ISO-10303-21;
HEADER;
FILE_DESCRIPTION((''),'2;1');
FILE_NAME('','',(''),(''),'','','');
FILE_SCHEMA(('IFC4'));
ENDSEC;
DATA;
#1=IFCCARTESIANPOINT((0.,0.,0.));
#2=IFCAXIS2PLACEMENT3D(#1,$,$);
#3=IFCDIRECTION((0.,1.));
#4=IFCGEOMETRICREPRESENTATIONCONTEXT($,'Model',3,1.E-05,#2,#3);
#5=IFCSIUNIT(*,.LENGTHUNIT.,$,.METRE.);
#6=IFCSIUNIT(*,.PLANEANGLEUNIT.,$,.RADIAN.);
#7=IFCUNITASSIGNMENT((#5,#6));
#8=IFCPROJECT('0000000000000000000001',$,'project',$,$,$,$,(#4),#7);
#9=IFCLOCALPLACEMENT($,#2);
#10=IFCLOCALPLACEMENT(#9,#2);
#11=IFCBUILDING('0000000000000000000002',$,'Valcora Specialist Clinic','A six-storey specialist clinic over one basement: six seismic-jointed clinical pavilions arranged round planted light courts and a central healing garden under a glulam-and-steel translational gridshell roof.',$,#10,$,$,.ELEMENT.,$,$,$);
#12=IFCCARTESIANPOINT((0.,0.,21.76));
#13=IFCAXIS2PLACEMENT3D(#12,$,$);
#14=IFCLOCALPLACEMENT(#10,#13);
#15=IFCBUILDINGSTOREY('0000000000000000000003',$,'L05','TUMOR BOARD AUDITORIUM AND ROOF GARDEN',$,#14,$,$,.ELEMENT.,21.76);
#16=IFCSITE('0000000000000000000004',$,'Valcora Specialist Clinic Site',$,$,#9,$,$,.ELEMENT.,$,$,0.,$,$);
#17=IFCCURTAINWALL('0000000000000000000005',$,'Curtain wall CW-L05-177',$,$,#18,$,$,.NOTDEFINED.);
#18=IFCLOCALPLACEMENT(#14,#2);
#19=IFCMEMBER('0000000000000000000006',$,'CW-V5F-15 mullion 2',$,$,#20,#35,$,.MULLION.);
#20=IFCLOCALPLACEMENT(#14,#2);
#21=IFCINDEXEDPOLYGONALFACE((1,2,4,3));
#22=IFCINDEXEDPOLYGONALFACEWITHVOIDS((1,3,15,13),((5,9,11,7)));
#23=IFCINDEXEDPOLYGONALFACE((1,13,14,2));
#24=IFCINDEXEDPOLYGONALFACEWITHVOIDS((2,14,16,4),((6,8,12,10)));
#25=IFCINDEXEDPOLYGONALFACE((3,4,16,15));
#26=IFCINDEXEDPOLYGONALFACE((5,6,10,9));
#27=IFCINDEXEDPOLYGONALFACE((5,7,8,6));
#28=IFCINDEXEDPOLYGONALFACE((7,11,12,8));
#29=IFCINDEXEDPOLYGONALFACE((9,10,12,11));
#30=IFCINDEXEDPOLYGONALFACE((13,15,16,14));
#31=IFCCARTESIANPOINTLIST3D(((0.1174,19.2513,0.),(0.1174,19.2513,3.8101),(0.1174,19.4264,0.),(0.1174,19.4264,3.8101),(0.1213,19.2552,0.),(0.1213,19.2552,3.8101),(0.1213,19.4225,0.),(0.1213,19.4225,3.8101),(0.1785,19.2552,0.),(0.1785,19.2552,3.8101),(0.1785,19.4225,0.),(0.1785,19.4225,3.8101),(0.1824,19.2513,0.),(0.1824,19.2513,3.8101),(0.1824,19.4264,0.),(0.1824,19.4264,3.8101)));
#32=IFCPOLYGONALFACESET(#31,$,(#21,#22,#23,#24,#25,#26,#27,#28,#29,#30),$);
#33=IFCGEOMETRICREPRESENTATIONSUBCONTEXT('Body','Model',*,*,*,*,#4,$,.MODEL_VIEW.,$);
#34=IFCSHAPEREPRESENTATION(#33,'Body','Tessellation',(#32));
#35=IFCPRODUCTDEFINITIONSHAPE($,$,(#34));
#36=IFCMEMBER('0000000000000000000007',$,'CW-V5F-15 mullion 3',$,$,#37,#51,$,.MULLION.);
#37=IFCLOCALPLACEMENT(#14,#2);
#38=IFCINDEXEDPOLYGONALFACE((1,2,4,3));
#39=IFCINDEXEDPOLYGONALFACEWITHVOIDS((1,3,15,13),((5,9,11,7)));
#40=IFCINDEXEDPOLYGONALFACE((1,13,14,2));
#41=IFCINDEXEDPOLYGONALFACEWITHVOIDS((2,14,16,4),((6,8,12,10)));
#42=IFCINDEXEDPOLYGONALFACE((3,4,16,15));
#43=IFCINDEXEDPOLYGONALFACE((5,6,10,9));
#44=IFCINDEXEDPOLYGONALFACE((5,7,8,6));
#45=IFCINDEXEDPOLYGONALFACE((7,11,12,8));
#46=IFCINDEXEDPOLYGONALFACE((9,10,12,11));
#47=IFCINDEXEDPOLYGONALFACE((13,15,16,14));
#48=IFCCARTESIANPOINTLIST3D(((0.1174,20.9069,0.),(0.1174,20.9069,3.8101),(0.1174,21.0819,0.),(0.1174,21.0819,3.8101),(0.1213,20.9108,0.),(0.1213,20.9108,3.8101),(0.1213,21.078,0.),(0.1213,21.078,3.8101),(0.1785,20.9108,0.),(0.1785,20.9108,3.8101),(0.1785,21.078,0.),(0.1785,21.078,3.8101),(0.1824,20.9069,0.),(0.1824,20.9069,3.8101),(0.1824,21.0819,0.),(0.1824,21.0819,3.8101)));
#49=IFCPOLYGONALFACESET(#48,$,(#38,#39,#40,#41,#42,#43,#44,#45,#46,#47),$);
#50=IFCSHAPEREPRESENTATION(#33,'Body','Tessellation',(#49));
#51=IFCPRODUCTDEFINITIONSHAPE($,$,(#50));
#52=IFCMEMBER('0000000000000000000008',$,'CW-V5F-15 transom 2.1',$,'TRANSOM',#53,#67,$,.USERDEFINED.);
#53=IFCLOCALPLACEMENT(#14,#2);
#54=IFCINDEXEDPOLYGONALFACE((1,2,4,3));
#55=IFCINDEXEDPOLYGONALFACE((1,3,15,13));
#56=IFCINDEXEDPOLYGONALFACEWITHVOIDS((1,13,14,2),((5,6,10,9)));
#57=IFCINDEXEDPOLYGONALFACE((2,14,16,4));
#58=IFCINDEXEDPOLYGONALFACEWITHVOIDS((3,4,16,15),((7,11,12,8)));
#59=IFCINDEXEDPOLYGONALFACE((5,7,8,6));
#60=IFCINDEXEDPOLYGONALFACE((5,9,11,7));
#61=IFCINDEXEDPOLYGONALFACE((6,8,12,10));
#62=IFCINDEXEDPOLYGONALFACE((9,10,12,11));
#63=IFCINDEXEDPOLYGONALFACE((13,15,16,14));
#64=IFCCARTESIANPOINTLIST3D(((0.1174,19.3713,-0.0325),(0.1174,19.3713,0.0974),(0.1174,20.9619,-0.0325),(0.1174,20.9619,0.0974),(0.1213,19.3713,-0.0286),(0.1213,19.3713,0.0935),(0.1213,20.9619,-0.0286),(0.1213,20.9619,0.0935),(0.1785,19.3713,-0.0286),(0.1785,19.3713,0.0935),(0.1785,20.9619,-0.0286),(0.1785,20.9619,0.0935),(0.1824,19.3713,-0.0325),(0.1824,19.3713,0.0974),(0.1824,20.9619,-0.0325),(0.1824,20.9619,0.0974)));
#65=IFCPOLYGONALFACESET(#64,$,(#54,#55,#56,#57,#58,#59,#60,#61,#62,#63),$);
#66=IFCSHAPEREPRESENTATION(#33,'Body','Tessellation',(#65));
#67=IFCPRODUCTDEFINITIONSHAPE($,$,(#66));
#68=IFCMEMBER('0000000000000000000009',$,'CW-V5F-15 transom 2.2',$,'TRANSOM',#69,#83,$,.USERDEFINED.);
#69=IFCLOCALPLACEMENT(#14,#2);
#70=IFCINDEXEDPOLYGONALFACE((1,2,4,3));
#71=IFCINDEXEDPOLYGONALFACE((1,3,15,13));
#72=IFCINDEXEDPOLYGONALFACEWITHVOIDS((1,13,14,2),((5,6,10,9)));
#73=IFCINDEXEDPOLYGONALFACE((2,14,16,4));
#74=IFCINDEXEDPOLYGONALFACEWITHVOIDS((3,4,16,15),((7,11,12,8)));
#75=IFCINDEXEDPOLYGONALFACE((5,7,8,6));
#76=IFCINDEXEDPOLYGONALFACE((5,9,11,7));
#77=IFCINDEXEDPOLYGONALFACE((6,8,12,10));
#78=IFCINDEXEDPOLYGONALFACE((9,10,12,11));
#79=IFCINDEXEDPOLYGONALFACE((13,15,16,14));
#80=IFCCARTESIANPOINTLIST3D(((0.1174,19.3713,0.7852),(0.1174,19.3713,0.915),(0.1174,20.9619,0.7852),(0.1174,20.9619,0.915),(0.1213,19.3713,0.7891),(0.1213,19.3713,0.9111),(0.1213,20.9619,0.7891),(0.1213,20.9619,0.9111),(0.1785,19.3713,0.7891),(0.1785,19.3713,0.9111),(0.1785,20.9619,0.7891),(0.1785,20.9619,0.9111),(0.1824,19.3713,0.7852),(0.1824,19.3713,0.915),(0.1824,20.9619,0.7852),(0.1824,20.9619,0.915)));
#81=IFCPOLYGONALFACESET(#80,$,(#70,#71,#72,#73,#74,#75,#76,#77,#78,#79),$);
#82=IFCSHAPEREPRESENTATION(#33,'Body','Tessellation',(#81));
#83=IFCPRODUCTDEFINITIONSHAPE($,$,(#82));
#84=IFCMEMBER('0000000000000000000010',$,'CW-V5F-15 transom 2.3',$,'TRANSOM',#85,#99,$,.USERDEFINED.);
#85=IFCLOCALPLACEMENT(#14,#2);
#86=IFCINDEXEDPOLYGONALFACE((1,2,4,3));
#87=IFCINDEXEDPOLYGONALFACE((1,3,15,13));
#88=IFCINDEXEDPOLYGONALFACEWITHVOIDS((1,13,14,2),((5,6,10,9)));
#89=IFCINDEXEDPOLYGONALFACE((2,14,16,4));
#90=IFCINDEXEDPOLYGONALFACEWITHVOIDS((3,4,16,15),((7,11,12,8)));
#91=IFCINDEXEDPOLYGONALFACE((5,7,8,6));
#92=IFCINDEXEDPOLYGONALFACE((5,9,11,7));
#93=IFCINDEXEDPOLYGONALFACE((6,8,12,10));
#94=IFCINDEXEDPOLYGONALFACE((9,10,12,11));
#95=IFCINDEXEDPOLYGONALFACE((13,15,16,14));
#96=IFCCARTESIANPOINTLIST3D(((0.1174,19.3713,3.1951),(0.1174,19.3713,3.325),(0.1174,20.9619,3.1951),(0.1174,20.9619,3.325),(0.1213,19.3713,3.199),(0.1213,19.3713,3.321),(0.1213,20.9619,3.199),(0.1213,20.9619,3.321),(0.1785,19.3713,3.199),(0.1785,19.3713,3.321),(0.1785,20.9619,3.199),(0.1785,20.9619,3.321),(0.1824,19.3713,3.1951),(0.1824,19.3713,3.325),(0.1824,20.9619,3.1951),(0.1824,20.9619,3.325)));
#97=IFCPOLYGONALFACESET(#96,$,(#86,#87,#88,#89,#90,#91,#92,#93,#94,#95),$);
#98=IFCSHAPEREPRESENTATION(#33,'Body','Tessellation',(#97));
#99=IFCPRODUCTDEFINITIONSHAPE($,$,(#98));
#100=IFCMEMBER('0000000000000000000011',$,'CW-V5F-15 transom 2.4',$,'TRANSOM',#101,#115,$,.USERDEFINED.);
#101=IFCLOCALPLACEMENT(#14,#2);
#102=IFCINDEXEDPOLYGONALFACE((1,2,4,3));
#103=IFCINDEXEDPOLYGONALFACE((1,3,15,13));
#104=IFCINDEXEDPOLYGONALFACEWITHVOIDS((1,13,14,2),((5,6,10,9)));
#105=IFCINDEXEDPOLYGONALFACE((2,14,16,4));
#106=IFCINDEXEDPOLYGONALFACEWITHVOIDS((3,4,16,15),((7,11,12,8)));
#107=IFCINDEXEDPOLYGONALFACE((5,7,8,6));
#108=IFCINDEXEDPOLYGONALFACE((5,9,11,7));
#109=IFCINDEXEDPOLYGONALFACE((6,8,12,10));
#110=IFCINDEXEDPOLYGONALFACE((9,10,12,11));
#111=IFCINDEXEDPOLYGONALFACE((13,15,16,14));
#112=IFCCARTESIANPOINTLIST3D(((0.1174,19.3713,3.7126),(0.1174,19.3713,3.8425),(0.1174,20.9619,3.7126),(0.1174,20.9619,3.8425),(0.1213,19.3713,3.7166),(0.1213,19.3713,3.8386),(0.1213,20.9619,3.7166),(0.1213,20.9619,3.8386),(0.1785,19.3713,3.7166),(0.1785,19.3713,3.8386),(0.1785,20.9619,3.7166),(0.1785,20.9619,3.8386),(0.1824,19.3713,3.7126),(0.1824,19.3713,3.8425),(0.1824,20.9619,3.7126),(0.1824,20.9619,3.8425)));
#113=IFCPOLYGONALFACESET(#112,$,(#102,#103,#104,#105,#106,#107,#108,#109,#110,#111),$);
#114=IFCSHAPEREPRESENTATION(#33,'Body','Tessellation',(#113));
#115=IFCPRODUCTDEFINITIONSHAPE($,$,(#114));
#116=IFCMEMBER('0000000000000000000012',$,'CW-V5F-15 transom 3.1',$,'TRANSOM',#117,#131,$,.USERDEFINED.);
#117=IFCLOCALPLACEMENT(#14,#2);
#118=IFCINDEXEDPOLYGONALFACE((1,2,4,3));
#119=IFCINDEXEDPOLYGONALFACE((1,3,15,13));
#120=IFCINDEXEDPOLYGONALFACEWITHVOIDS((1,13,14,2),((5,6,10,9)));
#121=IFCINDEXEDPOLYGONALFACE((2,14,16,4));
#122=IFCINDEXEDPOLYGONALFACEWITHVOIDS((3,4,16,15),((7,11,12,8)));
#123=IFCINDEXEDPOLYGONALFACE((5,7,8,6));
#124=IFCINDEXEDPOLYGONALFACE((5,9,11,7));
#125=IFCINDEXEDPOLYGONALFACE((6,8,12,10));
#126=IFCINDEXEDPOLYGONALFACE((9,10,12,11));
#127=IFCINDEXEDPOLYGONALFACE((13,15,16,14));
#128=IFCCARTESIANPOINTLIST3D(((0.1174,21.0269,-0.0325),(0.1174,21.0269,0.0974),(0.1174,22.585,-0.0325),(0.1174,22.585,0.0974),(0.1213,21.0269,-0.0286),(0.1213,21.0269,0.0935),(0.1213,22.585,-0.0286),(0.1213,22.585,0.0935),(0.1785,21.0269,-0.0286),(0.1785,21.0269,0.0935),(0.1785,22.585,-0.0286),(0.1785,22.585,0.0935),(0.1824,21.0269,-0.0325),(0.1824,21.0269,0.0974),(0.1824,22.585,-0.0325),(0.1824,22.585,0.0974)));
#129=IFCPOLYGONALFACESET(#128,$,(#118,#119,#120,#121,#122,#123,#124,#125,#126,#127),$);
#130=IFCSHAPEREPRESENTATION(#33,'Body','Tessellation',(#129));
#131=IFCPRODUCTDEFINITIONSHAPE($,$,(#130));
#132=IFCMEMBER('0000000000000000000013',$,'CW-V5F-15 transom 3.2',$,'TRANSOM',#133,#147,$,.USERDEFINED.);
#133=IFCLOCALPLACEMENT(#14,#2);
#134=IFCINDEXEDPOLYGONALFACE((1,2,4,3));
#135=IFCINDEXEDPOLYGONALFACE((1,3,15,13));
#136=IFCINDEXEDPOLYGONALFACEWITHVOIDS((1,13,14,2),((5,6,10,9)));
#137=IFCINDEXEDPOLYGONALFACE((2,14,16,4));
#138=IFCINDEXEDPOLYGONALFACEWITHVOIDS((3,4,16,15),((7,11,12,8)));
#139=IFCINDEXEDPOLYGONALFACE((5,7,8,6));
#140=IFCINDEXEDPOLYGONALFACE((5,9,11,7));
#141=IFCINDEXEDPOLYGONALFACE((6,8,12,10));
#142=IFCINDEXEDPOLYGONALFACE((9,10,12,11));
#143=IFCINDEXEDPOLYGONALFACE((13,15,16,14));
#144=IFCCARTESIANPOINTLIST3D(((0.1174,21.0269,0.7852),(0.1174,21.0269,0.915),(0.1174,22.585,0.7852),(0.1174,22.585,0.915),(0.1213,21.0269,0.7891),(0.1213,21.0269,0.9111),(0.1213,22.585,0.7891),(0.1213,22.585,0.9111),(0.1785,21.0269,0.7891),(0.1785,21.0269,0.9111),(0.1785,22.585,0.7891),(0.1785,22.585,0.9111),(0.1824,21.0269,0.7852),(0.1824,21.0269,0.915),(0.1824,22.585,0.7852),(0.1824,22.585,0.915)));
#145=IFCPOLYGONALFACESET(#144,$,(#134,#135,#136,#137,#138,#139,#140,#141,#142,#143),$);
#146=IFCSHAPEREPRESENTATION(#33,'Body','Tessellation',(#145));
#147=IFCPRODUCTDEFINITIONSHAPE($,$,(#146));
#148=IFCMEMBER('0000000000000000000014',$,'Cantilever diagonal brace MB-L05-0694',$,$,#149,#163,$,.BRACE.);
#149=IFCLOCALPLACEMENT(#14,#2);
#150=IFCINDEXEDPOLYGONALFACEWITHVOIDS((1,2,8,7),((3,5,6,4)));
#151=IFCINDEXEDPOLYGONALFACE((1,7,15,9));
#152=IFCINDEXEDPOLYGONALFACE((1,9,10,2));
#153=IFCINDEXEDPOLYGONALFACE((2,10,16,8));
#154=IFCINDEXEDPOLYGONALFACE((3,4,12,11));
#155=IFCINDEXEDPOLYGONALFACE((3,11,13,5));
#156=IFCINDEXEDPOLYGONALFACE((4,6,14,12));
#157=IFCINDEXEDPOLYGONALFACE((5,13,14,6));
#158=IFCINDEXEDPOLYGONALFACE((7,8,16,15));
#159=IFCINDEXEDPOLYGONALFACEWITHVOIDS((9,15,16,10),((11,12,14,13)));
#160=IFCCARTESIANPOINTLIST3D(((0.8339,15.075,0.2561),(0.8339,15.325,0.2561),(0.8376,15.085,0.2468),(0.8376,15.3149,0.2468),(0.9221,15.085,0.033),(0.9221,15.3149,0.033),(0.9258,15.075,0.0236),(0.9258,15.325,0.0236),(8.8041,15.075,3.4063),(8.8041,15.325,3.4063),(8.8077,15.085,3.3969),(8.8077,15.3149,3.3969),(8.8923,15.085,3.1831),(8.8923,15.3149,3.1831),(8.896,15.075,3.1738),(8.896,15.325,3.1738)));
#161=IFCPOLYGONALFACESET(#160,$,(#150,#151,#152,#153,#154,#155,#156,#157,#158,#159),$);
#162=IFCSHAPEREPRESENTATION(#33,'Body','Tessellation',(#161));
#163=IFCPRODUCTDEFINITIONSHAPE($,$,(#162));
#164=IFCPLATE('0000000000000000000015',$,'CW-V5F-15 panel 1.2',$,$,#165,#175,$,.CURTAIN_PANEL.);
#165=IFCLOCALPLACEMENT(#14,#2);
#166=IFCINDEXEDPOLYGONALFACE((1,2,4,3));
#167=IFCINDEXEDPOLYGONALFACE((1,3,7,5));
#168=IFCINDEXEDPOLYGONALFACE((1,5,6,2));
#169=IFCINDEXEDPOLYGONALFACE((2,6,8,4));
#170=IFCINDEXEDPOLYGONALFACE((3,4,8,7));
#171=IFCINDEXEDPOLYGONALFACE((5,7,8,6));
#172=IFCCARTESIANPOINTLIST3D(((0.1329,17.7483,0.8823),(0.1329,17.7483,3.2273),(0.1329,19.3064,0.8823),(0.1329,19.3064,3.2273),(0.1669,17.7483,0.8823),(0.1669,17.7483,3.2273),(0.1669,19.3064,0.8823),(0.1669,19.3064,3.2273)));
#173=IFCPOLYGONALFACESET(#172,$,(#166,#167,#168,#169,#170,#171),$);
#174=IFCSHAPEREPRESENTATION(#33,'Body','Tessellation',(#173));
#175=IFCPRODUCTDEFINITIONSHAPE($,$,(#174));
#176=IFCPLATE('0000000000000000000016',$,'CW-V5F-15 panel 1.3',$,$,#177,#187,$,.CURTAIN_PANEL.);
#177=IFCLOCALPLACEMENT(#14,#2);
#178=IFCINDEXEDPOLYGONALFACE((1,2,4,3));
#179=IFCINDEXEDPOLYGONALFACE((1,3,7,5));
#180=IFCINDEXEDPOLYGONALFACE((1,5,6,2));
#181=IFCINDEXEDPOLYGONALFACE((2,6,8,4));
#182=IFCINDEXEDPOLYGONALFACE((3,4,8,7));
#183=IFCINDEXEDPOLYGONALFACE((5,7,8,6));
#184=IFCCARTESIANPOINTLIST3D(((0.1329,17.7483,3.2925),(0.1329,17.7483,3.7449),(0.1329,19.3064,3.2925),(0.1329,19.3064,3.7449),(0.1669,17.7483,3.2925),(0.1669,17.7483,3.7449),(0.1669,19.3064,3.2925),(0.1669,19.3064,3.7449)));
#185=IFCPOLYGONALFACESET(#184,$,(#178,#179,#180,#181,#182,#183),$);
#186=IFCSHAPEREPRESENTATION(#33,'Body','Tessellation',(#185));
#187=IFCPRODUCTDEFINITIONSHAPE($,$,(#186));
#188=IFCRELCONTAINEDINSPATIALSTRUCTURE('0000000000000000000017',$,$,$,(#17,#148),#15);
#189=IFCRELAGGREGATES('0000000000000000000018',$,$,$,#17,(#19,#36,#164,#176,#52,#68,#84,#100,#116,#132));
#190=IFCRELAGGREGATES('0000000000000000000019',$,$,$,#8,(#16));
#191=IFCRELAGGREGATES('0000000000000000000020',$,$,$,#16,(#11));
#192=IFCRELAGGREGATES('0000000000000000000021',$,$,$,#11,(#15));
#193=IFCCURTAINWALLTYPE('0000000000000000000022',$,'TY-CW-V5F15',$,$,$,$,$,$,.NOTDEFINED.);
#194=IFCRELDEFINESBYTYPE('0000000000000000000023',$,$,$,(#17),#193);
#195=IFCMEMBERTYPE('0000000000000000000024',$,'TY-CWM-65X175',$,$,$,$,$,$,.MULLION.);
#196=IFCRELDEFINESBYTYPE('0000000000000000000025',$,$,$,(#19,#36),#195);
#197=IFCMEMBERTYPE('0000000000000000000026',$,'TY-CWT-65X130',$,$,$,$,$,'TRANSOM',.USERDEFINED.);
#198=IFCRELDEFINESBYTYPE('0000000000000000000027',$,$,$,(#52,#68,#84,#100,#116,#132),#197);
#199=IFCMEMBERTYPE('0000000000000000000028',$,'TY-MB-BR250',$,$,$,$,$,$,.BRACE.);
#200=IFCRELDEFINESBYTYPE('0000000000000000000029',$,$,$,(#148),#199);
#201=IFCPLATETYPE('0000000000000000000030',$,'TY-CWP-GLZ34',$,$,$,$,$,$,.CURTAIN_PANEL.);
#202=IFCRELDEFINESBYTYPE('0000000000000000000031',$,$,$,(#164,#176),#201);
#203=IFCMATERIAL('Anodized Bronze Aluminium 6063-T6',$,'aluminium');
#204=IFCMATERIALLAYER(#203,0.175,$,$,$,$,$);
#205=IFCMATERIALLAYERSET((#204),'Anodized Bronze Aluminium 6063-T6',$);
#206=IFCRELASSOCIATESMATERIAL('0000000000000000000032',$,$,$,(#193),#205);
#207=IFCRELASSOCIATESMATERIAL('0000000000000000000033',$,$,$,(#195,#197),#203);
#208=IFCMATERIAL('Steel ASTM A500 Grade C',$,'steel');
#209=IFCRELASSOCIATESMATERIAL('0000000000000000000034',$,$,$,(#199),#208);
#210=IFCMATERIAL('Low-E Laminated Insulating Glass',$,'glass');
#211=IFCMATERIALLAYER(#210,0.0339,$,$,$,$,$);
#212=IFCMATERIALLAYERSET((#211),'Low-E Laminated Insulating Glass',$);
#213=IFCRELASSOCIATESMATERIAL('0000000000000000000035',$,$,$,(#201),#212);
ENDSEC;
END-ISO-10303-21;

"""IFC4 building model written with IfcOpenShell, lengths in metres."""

from ifc_helpers import new_model, si_unit, direction, frame, origin, origin_2d, place, context, subcontext, project, spatial, rectangle, hollow_rectangle, extrude, material, layer, layer_set, material_profile, profile_set, type_object, element, aggregate, save


model = new_model("IFC4")

# Units and contexts
model_context = context("Model", 3, precision=1e-05, world=origin(), true_north=direction((0.0, 1.0)))
body_context = subcontext(model_context, "Body", "Model", "MODEL_VIEW")
ifc_project = project(units=[si_unit("LENGTHUNIT", "METRE"), si_unit("PLANEANGLEUNIT", "RADIAN")], contexts=[model_context])

# Site, building, storey
site_placement = place(None, origin())
site = spatial("IfcSite", under=ifc_project, at=site_placement, Name="Valcora Specialist Clinic Site", CompositionType="ELEMENT", RefElevation=0.0)
building_placement = place(site_placement, origin())
building = spatial("IfcBuilding", under=site, at=building_placement, Name="Valcora Specialist Clinic", Description="A six-storey specialist clinic over one basement: six seismic-jointed clinical pavilions arranged round planted light courts and a central healing garden under a glulam-and-steel translational gridshell roof.", CompositionType="ELEMENT")
storey_placement = place(building_placement, frame((0.0, 0.0, 21.76)))
storey = spatial("IfcBuildingStorey", under=building, at=storey_placement, Name="L05", Description="TUMOR BOARD AUDITORIUM AND ROOF GARDEN", CompositionType="ELEMENT", Elevation=21.76)

# Shared definitions
ifc_material_1 = material(Name="Steel ASTM A500 Grade C", Category="steel")

# Curtain wall, members
ifc_material_2 = material(Name="Anodized Bronze Aluminium 6063-T6", Category="aluminium")
ifc_layer_1 = layer(ifc_material_2, 0.175)
ifc_layer_set_1 = layer_set([ifc_layer_1], Name="Anodized Bronze Aluminium 6063-T6")
curtain_wall_type = type_object("IfcCurtainWallType", Name="TY-CW-V5F15", PredefinedType="NOTDEFINED", material=ifc_layer_set_1)
curtain_wall_placement = place(storey_placement, origin())
curtain_wall = element("IfcCurtainWall", 1, at=curtain_wall_placement, inside=storey, type_object=curtain_wall_type, Name="Curtain wall CW-L05-177", PredefinedType="NOTDEFINED")
ifc_material_profile_1 = material_profile(ifc_material_2, hollow_rectangle(XDim=0.0649, YDim=0.175, WallThickness=0.0039, at=origin_2d()), Name="AL-MUL-65X175")
ifc_profile_set_1 = profile_set([ifc_material_profile_1], Name="Anodized Bronze Aluminium 6063-T6")
member_type_1 = type_object("IfcMemberType", Name="TY-CWM-65X175", PredefinedType="MULLION", material=ifc_profile_set_1)
member_1_placement = place(storey_placement, frame((0.1499, 19.3389, 0.0), z_axis=(0.0, 0.0, 1.0), x_axis=(-1.0, 0.0, 0.0)))
member_1 = element("IfcMember", 2, at=member_1_placement, type_object=member_type_1, Name="CW-V5F-15 mullion 2", PredefinedType="MULLION", context=body_context, shape_type="SweptSolid", body=[
    extrude(hollow_rectangle(XDim=0.0649, YDim=0.175, WallThickness=0.0039, at=origin_2d()), origin(), (0.0, 0.0, 1.0), 3.8101),
])
member_2_placement = place(storey_placement, frame((0.1499, 20.9944, 0.0), z_axis=(0.0, 0.0, 1.0), x_axis=(-1.0, 0.0, 0.0)))
member_2 = element("IfcMember", 3, at=member_2_placement, type_object=member_type_1, Name="CW-V5F-15 mullion 3", PredefinedType="MULLION", context=body_context, shape_type="SweptSolid", body=[
    extrude(hollow_rectangle(XDim=0.0649, YDim=0.175, WallThickness=0.0039, at=origin_2d()), origin(), (0.0, 0.0, 1.0), 3.8101),
])
ifc_material_profile_2 = material_profile(ifc_material_2, hollow_rectangle(XDim=0.0649, YDim=0.1299, WallThickness=0.0039, at=origin_2d()), Name="AL-TRN-65X130")
ifc_profile_set_2 = profile_set([ifc_material_profile_2], Name="Anodized Bronze Aluminium 6063-T6")
member_type_2 = type_object("IfcMemberType", Name="TY-CWT-65X130", ElementType="TRANSOM", PredefinedType="USERDEFINED", material=ifc_profile_set_2)
member_3_placement = place(storey_placement, frame((0.1499, 19.3713, 0.0325), z_axis=(0.0, 1.0, 0.0), x_axis=(-1.0, 0.0, 0.0)))
member_3 = element("IfcMember", 4, at=member_3_placement, type_object=member_type_2, Name="CW-V5F-15 transom 2.1", ObjectType="TRANSOM", PredefinedType="USERDEFINED", context=body_context, shape_type="SweptSolid", body=[
    extrude(hollow_rectangle(XDim=0.0649, YDim=0.1299, WallThickness=0.0039, at=origin_2d()), origin(), (0.0, 0.0, 1.0), 1.5906),
])
member_4_placement = place(storey_placement, frame((0.1499, 19.3713, 0.8501), z_axis=(0.0, 1.0, 0.0), x_axis=(-1.0, 0.0, 0.0)))
member_4 = element("IfcMember", 5, at=member_4_placement, type_object=member_type_2, Name="CW-V5F-15 transom 2.2", ObjectType="TRANSOM", PredefinedType="USERDEFINED", context=body_context, shape_type="SweptSolid", body=[
    extrude(hollow_rectangle(XDim=0.0649, YDim=0.1299, WallThickness=0.0039, at=origin_2d()), origin(), (0.0, 0.0, 1.0), 1.5906),
])
member_5_placement = place(storey_placement, frame((0.1499, 19.3713, 3.26), z_axis=(0.0, 1.0, 0.0), x_axis=(-1.0, 0.0, 0.0)))
member_5 = element("IfcMember", 6, at=member_5_placement, type_object=member_type_2, Name="CW-V5F-15 transom 2.3", ObjectType="TRANSOM", PredefinedType="USERDEFINED", context=body_context, shape_type="SweptSolid", body=[
    extrude(hollow_rectangle(XDim=0.0649, YDim=0.1299, WallThickness=0.0039, at=origin_2d()), origin(), (0.0, 0.0, 1.0), 1.5906),
])
member_6_placement = place(storey_placement, frame((0.1499, 19.3713, 3.7776), z_axis=(0.0, 1.0, 0.0), x_axis=(-1.0, 0.0, 0.0)))
member_6 = element("IfcMember", 7, at=member_6_placement, type_object=member_type_2, Name="CW-V5F-15 transom 2.4", ObjectType="TRANSOM", PredefinedType="USERDEFINED", context=body_context, shape_type="SweptSolid", body=[
    extrude(hollow_rectangle(XDim=0.0649, YDim=0.1299, WallThickness=0.0039, at=origin_2d()), origin(), (0.0, 0.0, 1.0), 1.5906),
])
member_7_placement = place(storey_placement, frame((0.1499, 21.0269, 0.0325), z_axis=(0.0, 1.0, 0.0), x_axis=(-1.0, 0.0, 0.0)))
member_7 = element("IfcMember", 8, at=member_7_placement, type_object=member_type_2, Name="CW-V5F-15 transom 3.1", ObjectType="TRANSOM", PredefinedType="USERDEFINED", context=body_context, shape_type="SweptSolid", body=[
    extrude(hollow_rectangle(XDim=0.0649, YDim=0.1299, WallThickness=0.0039, at=origin_2d()), origin(), (0.0, 0.0, 1.0), 1.5581),
])
member_8_placement = place(storey_placement, frame((0.1499, 21.0269, 0.8501), z_axis=(0.0, 1.0, 0.0), x_axis=(-1.0, 0.0, 0.0)))
member_8 = element("IfcMember", 9, at=member_8_placement, type_object=member_type_2, Name="CW-V5F-15 transom 3.2", ObjectType="TRANSOM", PredefinedType="USERDEFINED", context=body_context, shape_type="SweptSolid", body=[
    extrude(hollow_rectangle(XDim=0.0649, YDim=0.1299, WallThickness=0.0039, at=origin_2d()), origin(), (0.0, 0.0, 1.0), 1.5581),
])

# Member
ifc_material_profile_3 = material_profile(ifc_material_1, hollow_rectangle(XDim=0.25, YDim=0.25, WallThickness=0.01, at=origin_2d()), Name="ST-RHS-250X250X10")
ifc_profile_set_3 = profile_set([ifc_material_profile_3], Name="Steel ASTM A500 Grade C")
member_type_3 = type_object("IfcMemberType", Name="TY-MB-BR250", PredefinedType="BRACE", material=ifc_profile_set_3)
member_9_placement = place(storey_placement, frame((0.8799, 15.2, 0.1399), z_axis=(0.929995, 0.0, 0.367571), x_axis=(0.0, 1.0, 0.0)))
element("IfcMember", 10, at=member_9_placement, inside=storey, type_object=member_type_3, Name="Cantilever diagonal brace MB-L05-0694", PredefinedType="BRACE", context=body_context, shape_type="SweptSolid", body=[
    extrude(hollow_rectangle(XDim=0.25, YDim=0.25, WallThickness=0.01, at=origin_2d()), origin(), (0.0, 0.0, 1.0), 8.5701),
])

# Plates
ifc_material_3 = material(Name="Low-E Laminated Insulating Glass", Category="glass")
ifc_layer_2 = layer(ifc_material_3, 0.0339)
ifc_layer_set_2 = layer_set([ifc_layer_2], Name="Low-E Laminated Insulating Glass")
plate_type_1 = type_object("IfcPlateType", Name="TY-CWP-GLZ34", PredefinedType="CURTAIN_PANEL", material=ifc_layer_set_2)
plate_1_placement = place(storey_placement, frame((0.1499, 18.5273, 0.8823), z_axis=(0.0, 0.0, 1.0), x_axis=(0.0, 1.0, 0.0)))
plate_1 = element("IfcPlate", 11, at=plate_1_placement, type_object=plate_type_1, Name="CW-V5F-15 panel 1.2", PredefinedType="CURTAIN_PANEL", context=body_context, shape_type="SweptSolid", body=[
    extrude(rectangle(XDim=1.5581, YDim=0.0339, at=origin_2d()), origin(), (0.0, 0.0, 1.0), 2.345),
])
plate_2_placement = place(storey_placement, frame((0.1499, 18.5273, 3.2925), z_axis=(0.0, 0.0, 1.0), x_axis=(0.0, 1.0, 0.0)))
plate_2 = element("IfcPlate", 12, at=plate_2_placement, type_object=plate_type_1, Name="CW-V5F-15 panel 1.3", PredefinedType="CURTAIN_PANEL", context=body_context, shape_type="SweptSolid", body=[
    extrude(rectangle(XDim=1.5581, YDim=0.0339, at=origin_2d()), origin(), (0.0, 0.0, 1.0), 0.4524),
])
aggregate(curtain_wall, [member_1, member_2, plate_1, plate_2, member_3, member_4, member_5, member_6, member_7, member_8])

save(model, "model.ifc")
